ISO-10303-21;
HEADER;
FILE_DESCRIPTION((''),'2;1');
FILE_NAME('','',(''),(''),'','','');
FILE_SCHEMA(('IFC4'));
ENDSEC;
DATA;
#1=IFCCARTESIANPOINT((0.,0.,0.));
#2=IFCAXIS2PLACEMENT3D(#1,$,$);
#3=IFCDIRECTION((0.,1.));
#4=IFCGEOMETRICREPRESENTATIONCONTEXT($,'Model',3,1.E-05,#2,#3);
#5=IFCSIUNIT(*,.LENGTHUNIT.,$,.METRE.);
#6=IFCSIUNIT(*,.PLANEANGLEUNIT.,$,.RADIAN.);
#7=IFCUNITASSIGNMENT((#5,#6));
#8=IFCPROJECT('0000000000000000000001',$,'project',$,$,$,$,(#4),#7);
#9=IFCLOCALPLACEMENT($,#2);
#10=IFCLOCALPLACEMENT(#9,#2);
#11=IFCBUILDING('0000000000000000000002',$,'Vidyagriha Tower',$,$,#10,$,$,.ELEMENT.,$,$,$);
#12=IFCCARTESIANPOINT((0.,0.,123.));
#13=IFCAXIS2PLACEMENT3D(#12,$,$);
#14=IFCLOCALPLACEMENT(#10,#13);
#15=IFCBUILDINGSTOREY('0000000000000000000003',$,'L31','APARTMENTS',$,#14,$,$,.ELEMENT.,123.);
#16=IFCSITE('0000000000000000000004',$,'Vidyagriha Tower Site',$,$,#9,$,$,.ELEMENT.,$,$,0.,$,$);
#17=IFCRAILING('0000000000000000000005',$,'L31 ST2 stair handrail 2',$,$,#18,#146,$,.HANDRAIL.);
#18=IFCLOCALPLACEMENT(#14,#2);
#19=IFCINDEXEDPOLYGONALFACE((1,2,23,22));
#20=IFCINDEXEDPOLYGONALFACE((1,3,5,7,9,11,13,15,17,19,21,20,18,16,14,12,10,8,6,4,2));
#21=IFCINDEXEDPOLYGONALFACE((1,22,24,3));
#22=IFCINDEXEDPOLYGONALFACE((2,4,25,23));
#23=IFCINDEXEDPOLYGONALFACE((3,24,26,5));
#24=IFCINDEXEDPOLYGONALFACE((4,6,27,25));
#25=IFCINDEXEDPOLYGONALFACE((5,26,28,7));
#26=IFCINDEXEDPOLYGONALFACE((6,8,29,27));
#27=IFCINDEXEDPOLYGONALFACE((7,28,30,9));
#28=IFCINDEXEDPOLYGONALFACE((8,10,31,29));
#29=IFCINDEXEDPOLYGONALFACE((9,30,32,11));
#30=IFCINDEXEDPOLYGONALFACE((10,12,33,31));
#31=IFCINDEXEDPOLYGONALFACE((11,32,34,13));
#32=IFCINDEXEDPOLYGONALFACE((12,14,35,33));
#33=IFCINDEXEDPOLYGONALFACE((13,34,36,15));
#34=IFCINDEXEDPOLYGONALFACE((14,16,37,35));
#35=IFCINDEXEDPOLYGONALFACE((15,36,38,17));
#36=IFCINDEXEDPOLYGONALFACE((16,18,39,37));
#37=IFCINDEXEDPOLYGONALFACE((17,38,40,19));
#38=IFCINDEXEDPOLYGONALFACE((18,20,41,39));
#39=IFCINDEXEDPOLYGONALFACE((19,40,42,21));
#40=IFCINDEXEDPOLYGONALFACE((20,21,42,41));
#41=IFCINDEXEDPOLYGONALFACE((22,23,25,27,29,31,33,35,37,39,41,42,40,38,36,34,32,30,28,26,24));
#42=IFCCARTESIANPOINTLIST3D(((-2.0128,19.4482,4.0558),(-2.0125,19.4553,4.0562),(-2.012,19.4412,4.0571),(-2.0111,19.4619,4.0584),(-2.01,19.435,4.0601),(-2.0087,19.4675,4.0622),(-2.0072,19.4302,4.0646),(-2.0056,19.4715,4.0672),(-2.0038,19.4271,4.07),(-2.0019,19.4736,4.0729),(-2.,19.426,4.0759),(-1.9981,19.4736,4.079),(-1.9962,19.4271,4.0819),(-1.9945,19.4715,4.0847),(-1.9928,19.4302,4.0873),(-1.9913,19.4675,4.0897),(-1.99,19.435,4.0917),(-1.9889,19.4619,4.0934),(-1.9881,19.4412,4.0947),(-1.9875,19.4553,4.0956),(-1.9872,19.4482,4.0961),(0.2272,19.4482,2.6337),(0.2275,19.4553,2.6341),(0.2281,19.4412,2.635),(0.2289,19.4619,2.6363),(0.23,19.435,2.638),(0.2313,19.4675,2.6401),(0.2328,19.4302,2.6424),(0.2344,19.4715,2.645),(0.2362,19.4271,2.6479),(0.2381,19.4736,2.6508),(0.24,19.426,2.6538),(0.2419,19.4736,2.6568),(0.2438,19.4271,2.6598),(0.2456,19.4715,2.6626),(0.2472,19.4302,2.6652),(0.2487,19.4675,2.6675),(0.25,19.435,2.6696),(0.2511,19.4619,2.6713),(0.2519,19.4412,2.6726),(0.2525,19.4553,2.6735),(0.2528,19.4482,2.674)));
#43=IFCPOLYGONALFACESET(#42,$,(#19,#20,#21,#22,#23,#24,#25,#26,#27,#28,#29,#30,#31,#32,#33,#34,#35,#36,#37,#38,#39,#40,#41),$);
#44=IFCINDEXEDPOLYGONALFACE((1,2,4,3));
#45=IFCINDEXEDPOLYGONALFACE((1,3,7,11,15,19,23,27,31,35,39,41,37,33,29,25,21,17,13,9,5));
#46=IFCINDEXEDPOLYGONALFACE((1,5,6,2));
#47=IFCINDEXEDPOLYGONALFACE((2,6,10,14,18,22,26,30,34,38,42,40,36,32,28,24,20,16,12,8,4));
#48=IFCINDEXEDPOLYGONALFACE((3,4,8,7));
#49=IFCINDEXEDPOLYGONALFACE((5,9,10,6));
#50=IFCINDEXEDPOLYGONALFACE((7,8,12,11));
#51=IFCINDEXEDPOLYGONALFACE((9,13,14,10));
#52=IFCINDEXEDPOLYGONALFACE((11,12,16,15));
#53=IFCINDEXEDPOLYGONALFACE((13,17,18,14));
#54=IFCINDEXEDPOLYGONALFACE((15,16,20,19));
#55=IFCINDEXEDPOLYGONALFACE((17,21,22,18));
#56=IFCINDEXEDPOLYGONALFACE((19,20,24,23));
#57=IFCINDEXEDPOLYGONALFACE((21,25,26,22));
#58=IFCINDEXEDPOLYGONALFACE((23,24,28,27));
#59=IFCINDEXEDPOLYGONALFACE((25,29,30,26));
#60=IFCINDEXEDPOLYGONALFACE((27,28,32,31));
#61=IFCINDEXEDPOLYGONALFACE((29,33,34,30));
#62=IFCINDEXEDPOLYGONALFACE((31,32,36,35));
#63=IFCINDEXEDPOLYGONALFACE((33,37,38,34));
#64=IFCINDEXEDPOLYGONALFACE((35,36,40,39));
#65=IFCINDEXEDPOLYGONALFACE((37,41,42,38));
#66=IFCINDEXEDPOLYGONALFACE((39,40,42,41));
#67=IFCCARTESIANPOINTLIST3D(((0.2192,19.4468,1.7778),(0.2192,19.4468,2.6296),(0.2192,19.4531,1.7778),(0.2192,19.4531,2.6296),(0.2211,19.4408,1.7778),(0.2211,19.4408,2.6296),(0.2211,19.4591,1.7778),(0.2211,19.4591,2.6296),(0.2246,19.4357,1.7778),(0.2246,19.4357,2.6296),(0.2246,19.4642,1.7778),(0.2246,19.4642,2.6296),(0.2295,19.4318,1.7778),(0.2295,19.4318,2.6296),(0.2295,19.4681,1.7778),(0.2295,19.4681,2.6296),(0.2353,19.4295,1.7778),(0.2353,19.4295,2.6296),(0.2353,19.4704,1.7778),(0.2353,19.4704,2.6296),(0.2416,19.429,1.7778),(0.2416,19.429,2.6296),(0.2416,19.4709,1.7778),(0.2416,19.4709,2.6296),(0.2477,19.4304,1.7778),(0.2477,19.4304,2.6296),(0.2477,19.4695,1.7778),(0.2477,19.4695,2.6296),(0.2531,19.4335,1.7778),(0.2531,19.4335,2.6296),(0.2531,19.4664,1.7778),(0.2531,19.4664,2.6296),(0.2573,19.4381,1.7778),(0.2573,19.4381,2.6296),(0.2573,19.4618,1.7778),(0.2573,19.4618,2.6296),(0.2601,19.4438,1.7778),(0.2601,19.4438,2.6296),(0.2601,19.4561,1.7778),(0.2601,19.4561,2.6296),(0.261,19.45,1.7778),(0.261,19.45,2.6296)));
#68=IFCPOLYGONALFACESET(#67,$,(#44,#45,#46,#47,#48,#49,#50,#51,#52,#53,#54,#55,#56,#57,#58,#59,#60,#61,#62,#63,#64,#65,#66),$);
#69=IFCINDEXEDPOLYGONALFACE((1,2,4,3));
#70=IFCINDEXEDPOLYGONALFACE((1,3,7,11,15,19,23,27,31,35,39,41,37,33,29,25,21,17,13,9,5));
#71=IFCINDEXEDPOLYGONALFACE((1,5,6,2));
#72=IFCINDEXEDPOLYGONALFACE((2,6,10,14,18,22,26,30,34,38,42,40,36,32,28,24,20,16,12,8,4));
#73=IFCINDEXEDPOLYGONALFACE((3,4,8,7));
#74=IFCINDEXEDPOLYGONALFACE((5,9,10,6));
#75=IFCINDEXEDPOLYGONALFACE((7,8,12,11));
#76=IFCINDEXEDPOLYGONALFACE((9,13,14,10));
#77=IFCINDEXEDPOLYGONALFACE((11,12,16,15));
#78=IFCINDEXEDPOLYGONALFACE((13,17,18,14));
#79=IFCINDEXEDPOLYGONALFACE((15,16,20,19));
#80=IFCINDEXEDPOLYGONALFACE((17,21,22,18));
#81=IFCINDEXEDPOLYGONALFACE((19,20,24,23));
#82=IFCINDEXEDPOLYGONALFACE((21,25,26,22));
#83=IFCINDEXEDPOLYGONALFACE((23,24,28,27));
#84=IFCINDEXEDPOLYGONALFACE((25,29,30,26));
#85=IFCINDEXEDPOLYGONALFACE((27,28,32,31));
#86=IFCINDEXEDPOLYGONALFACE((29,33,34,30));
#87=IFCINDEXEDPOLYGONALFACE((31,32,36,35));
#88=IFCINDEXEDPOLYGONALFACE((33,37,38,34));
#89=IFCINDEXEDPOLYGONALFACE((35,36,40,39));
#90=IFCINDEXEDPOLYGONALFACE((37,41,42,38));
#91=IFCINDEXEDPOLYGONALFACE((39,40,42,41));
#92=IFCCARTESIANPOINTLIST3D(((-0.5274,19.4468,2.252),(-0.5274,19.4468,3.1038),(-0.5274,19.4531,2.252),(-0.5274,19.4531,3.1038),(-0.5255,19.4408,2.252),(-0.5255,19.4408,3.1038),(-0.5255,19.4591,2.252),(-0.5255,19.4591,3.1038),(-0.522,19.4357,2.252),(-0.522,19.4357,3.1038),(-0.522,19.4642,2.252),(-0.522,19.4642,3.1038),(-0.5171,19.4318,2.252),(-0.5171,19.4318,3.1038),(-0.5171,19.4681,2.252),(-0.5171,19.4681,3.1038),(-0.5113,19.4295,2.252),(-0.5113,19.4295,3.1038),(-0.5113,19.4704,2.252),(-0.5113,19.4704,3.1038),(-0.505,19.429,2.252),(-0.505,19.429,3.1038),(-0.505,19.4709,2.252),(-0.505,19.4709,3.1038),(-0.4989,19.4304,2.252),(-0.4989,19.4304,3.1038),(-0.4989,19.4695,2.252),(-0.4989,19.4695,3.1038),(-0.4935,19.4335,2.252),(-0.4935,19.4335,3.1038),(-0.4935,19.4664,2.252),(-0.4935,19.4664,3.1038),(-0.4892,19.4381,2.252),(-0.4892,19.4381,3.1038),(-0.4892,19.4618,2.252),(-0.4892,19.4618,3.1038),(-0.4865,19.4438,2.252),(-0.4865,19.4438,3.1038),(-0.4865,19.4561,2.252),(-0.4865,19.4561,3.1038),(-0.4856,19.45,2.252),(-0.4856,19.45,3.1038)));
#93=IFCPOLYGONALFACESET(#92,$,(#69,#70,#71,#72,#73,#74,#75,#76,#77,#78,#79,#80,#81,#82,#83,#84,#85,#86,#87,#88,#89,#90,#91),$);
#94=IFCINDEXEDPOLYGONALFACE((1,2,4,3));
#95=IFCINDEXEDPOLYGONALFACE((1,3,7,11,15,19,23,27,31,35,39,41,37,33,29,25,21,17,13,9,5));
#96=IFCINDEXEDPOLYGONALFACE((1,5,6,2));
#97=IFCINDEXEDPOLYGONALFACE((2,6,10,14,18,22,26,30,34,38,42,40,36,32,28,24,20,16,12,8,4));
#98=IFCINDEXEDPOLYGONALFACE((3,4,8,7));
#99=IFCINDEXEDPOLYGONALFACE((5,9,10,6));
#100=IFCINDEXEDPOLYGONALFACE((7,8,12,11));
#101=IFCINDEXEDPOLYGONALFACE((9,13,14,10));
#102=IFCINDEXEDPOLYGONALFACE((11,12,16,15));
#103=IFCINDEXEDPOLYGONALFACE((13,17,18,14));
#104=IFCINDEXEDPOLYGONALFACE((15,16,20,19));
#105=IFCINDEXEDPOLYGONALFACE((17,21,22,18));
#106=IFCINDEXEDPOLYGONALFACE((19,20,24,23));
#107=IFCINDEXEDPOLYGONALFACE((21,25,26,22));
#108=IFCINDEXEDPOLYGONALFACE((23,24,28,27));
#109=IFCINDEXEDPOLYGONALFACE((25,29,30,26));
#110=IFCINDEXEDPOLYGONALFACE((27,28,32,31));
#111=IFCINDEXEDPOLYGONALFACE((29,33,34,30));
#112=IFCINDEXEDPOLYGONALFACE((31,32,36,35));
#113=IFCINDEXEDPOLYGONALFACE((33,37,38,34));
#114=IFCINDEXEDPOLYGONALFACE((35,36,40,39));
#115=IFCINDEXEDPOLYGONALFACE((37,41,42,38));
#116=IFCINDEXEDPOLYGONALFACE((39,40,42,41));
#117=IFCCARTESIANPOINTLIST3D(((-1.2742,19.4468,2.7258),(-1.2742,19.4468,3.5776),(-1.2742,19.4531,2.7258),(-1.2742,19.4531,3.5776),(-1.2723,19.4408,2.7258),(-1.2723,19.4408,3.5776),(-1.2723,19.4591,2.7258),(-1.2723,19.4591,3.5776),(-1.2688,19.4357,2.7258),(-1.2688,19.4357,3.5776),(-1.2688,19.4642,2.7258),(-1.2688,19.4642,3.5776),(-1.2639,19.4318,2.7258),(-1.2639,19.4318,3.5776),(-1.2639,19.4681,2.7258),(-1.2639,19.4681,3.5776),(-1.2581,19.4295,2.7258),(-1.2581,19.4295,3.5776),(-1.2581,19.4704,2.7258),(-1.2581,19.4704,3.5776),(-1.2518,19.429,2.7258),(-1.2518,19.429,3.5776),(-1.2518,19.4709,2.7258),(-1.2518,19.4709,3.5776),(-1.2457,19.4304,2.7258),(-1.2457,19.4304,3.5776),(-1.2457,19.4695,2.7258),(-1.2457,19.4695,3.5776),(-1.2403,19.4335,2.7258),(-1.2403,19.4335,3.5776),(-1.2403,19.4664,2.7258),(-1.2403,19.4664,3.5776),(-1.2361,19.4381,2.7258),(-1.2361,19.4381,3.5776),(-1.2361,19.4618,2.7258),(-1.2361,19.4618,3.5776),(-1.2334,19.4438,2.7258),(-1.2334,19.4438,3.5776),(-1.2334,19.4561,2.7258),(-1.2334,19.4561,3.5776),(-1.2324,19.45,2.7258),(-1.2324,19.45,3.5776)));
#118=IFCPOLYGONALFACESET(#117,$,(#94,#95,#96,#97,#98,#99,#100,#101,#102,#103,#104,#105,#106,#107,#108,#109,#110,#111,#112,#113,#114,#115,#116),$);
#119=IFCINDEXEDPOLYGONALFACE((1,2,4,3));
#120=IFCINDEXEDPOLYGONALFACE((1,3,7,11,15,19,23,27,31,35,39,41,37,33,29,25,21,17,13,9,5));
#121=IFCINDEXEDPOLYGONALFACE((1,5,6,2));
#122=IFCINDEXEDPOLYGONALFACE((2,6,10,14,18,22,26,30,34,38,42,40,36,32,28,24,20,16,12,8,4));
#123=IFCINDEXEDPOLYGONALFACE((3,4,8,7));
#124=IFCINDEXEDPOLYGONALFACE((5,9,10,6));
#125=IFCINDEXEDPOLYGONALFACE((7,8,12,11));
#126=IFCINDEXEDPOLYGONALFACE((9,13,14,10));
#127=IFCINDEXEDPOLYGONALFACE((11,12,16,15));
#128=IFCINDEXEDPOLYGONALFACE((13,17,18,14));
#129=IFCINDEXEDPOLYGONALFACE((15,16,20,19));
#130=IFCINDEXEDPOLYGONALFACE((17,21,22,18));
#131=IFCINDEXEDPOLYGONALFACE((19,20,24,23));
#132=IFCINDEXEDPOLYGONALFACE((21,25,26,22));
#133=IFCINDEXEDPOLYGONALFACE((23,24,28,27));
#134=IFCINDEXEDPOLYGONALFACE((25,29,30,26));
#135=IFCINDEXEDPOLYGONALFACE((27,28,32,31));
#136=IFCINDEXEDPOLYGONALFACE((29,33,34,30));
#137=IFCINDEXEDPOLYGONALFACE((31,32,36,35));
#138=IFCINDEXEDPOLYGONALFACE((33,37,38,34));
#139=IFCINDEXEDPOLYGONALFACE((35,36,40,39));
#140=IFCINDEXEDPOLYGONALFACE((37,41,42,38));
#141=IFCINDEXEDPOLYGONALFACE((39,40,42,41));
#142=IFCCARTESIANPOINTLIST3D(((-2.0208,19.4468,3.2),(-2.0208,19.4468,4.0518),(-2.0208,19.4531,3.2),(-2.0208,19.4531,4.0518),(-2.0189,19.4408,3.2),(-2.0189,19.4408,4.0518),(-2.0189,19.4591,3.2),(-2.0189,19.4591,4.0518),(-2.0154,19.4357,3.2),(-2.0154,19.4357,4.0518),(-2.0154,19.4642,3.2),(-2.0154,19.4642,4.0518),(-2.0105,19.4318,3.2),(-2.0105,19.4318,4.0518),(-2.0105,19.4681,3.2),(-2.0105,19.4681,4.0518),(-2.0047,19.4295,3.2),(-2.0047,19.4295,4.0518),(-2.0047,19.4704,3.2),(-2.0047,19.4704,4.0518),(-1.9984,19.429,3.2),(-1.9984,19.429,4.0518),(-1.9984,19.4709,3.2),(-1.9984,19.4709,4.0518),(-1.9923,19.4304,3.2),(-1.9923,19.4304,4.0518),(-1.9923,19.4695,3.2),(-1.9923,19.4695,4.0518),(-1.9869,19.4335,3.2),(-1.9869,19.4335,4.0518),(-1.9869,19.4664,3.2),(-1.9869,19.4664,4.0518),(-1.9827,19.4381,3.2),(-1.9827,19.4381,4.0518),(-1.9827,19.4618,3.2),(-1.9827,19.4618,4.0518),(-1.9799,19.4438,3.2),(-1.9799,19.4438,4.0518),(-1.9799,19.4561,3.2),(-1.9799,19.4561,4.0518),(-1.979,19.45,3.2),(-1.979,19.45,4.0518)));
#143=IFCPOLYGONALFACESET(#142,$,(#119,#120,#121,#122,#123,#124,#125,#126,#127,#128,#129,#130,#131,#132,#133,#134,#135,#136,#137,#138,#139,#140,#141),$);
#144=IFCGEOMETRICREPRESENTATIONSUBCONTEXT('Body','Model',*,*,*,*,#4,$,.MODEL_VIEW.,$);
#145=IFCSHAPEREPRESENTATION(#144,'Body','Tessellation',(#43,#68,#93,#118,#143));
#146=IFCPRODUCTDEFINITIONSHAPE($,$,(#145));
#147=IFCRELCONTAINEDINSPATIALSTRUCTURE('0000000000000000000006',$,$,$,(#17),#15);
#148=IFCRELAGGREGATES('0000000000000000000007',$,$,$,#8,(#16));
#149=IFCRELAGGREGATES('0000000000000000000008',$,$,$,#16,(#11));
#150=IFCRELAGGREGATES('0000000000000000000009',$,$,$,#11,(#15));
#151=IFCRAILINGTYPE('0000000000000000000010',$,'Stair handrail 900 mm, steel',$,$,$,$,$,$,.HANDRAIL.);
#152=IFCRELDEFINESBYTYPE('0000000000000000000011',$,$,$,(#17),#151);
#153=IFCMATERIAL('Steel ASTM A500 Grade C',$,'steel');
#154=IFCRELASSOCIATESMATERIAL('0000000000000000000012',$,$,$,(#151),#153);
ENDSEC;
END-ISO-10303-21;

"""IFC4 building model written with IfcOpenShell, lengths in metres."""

from ifc_helpers import new_model, si_unit, direction, frame, origin, origin_2d, place, context, subcontext, project, spatial, circle, extrude, material, type_object, element, save


model = new_model("IFC4")

# Units and contexts
model_context = context("Model", 3, precision=1e-05, world=origin(), true_north=direction((0.0, 1.0)))
body_context = subcontext(model_context, "Body", "Model", "MODEL_VIEW")
ifc_project = project(units=[si_unit("LENGTHUNIT", "METRE"), si_unit("PLANEANGLEUNIT", "RADIAN")], contexts=[model_context])

# Site, building, storey
site_placement = place(None, origin())
site = spatial("IfcSite", under=ifc_project, at=site_placement, Name="Vidyagriha Tower Site", CompositionType="ELEMENT", RefElevation=0.0)
building_placement = place(site_placement, origin())
building = spatial("IfcBuilding", under=site, at=building_placement, Name="Vidyagriha Tower", CompositionType="ELEMENT")
storey_placement = place(building_placement, frame((0.0, 0.0, 123.0)))
storey = spatial("IfcBuildingStorey", under=building, at=storey_placement, Name="L31", Description="APARTMENTS", CompositionType="ELEMENT", Elevation=123.0)

# Railing
ifc_material_1 = material(Name="Steel ASTM A500 Grade C", Category="steel")
railing_type_1 = type_object("IfcRailingType", Name="Stair handrail 900 mm, steel", PredefinedType="HANDRAIL", material=ifc_material_1)
railing_1_placement = place(storey_placement, frame((0.24, 19.45, 1.7778)))
element("IfcRailing", 1, at=railing_1_placement, inside=storey, type_object=railing_type_1, Name="L31 ST2 stair handrail 2", PredefinedType="HANDRAIL", context=body_context, shape_type="SweptSolid", body=[
    extrude(circle(Radius=0.0239, at=origin_2d()), frame((0.0, 0.0, 0.876), z_axis=(-0.844229, 0.0, 0.535982), x_axis=(0.0, -1.0, 0.0)), (0.0, 0.0, 1.0), 2.6533),
    extrude(circle(Radius=0.021, at=origin_2d()), origin(), (0.0, 0.0, 1.0), 0.8518),
    extrude(circle(Radius=0.021, at=origin_2d()), frame((-0.7466, 0.0, 0.4741)), (0.0, 0.0, 1.0), 0.8518),
    extrude(circle(Radius=0.021, at=origin_2d()), frame((-1.4934, 0.0, 0.948)), (0.0, 0.0, 1.0), 0.8518),
    extrude(circle(Radius=0.021, at=origin_2d()), frame((-2.24, 0.0, 1.4221)), (0.0, 0.0, 1.0), 0.8518),
])

save(model, "model.ifc")
